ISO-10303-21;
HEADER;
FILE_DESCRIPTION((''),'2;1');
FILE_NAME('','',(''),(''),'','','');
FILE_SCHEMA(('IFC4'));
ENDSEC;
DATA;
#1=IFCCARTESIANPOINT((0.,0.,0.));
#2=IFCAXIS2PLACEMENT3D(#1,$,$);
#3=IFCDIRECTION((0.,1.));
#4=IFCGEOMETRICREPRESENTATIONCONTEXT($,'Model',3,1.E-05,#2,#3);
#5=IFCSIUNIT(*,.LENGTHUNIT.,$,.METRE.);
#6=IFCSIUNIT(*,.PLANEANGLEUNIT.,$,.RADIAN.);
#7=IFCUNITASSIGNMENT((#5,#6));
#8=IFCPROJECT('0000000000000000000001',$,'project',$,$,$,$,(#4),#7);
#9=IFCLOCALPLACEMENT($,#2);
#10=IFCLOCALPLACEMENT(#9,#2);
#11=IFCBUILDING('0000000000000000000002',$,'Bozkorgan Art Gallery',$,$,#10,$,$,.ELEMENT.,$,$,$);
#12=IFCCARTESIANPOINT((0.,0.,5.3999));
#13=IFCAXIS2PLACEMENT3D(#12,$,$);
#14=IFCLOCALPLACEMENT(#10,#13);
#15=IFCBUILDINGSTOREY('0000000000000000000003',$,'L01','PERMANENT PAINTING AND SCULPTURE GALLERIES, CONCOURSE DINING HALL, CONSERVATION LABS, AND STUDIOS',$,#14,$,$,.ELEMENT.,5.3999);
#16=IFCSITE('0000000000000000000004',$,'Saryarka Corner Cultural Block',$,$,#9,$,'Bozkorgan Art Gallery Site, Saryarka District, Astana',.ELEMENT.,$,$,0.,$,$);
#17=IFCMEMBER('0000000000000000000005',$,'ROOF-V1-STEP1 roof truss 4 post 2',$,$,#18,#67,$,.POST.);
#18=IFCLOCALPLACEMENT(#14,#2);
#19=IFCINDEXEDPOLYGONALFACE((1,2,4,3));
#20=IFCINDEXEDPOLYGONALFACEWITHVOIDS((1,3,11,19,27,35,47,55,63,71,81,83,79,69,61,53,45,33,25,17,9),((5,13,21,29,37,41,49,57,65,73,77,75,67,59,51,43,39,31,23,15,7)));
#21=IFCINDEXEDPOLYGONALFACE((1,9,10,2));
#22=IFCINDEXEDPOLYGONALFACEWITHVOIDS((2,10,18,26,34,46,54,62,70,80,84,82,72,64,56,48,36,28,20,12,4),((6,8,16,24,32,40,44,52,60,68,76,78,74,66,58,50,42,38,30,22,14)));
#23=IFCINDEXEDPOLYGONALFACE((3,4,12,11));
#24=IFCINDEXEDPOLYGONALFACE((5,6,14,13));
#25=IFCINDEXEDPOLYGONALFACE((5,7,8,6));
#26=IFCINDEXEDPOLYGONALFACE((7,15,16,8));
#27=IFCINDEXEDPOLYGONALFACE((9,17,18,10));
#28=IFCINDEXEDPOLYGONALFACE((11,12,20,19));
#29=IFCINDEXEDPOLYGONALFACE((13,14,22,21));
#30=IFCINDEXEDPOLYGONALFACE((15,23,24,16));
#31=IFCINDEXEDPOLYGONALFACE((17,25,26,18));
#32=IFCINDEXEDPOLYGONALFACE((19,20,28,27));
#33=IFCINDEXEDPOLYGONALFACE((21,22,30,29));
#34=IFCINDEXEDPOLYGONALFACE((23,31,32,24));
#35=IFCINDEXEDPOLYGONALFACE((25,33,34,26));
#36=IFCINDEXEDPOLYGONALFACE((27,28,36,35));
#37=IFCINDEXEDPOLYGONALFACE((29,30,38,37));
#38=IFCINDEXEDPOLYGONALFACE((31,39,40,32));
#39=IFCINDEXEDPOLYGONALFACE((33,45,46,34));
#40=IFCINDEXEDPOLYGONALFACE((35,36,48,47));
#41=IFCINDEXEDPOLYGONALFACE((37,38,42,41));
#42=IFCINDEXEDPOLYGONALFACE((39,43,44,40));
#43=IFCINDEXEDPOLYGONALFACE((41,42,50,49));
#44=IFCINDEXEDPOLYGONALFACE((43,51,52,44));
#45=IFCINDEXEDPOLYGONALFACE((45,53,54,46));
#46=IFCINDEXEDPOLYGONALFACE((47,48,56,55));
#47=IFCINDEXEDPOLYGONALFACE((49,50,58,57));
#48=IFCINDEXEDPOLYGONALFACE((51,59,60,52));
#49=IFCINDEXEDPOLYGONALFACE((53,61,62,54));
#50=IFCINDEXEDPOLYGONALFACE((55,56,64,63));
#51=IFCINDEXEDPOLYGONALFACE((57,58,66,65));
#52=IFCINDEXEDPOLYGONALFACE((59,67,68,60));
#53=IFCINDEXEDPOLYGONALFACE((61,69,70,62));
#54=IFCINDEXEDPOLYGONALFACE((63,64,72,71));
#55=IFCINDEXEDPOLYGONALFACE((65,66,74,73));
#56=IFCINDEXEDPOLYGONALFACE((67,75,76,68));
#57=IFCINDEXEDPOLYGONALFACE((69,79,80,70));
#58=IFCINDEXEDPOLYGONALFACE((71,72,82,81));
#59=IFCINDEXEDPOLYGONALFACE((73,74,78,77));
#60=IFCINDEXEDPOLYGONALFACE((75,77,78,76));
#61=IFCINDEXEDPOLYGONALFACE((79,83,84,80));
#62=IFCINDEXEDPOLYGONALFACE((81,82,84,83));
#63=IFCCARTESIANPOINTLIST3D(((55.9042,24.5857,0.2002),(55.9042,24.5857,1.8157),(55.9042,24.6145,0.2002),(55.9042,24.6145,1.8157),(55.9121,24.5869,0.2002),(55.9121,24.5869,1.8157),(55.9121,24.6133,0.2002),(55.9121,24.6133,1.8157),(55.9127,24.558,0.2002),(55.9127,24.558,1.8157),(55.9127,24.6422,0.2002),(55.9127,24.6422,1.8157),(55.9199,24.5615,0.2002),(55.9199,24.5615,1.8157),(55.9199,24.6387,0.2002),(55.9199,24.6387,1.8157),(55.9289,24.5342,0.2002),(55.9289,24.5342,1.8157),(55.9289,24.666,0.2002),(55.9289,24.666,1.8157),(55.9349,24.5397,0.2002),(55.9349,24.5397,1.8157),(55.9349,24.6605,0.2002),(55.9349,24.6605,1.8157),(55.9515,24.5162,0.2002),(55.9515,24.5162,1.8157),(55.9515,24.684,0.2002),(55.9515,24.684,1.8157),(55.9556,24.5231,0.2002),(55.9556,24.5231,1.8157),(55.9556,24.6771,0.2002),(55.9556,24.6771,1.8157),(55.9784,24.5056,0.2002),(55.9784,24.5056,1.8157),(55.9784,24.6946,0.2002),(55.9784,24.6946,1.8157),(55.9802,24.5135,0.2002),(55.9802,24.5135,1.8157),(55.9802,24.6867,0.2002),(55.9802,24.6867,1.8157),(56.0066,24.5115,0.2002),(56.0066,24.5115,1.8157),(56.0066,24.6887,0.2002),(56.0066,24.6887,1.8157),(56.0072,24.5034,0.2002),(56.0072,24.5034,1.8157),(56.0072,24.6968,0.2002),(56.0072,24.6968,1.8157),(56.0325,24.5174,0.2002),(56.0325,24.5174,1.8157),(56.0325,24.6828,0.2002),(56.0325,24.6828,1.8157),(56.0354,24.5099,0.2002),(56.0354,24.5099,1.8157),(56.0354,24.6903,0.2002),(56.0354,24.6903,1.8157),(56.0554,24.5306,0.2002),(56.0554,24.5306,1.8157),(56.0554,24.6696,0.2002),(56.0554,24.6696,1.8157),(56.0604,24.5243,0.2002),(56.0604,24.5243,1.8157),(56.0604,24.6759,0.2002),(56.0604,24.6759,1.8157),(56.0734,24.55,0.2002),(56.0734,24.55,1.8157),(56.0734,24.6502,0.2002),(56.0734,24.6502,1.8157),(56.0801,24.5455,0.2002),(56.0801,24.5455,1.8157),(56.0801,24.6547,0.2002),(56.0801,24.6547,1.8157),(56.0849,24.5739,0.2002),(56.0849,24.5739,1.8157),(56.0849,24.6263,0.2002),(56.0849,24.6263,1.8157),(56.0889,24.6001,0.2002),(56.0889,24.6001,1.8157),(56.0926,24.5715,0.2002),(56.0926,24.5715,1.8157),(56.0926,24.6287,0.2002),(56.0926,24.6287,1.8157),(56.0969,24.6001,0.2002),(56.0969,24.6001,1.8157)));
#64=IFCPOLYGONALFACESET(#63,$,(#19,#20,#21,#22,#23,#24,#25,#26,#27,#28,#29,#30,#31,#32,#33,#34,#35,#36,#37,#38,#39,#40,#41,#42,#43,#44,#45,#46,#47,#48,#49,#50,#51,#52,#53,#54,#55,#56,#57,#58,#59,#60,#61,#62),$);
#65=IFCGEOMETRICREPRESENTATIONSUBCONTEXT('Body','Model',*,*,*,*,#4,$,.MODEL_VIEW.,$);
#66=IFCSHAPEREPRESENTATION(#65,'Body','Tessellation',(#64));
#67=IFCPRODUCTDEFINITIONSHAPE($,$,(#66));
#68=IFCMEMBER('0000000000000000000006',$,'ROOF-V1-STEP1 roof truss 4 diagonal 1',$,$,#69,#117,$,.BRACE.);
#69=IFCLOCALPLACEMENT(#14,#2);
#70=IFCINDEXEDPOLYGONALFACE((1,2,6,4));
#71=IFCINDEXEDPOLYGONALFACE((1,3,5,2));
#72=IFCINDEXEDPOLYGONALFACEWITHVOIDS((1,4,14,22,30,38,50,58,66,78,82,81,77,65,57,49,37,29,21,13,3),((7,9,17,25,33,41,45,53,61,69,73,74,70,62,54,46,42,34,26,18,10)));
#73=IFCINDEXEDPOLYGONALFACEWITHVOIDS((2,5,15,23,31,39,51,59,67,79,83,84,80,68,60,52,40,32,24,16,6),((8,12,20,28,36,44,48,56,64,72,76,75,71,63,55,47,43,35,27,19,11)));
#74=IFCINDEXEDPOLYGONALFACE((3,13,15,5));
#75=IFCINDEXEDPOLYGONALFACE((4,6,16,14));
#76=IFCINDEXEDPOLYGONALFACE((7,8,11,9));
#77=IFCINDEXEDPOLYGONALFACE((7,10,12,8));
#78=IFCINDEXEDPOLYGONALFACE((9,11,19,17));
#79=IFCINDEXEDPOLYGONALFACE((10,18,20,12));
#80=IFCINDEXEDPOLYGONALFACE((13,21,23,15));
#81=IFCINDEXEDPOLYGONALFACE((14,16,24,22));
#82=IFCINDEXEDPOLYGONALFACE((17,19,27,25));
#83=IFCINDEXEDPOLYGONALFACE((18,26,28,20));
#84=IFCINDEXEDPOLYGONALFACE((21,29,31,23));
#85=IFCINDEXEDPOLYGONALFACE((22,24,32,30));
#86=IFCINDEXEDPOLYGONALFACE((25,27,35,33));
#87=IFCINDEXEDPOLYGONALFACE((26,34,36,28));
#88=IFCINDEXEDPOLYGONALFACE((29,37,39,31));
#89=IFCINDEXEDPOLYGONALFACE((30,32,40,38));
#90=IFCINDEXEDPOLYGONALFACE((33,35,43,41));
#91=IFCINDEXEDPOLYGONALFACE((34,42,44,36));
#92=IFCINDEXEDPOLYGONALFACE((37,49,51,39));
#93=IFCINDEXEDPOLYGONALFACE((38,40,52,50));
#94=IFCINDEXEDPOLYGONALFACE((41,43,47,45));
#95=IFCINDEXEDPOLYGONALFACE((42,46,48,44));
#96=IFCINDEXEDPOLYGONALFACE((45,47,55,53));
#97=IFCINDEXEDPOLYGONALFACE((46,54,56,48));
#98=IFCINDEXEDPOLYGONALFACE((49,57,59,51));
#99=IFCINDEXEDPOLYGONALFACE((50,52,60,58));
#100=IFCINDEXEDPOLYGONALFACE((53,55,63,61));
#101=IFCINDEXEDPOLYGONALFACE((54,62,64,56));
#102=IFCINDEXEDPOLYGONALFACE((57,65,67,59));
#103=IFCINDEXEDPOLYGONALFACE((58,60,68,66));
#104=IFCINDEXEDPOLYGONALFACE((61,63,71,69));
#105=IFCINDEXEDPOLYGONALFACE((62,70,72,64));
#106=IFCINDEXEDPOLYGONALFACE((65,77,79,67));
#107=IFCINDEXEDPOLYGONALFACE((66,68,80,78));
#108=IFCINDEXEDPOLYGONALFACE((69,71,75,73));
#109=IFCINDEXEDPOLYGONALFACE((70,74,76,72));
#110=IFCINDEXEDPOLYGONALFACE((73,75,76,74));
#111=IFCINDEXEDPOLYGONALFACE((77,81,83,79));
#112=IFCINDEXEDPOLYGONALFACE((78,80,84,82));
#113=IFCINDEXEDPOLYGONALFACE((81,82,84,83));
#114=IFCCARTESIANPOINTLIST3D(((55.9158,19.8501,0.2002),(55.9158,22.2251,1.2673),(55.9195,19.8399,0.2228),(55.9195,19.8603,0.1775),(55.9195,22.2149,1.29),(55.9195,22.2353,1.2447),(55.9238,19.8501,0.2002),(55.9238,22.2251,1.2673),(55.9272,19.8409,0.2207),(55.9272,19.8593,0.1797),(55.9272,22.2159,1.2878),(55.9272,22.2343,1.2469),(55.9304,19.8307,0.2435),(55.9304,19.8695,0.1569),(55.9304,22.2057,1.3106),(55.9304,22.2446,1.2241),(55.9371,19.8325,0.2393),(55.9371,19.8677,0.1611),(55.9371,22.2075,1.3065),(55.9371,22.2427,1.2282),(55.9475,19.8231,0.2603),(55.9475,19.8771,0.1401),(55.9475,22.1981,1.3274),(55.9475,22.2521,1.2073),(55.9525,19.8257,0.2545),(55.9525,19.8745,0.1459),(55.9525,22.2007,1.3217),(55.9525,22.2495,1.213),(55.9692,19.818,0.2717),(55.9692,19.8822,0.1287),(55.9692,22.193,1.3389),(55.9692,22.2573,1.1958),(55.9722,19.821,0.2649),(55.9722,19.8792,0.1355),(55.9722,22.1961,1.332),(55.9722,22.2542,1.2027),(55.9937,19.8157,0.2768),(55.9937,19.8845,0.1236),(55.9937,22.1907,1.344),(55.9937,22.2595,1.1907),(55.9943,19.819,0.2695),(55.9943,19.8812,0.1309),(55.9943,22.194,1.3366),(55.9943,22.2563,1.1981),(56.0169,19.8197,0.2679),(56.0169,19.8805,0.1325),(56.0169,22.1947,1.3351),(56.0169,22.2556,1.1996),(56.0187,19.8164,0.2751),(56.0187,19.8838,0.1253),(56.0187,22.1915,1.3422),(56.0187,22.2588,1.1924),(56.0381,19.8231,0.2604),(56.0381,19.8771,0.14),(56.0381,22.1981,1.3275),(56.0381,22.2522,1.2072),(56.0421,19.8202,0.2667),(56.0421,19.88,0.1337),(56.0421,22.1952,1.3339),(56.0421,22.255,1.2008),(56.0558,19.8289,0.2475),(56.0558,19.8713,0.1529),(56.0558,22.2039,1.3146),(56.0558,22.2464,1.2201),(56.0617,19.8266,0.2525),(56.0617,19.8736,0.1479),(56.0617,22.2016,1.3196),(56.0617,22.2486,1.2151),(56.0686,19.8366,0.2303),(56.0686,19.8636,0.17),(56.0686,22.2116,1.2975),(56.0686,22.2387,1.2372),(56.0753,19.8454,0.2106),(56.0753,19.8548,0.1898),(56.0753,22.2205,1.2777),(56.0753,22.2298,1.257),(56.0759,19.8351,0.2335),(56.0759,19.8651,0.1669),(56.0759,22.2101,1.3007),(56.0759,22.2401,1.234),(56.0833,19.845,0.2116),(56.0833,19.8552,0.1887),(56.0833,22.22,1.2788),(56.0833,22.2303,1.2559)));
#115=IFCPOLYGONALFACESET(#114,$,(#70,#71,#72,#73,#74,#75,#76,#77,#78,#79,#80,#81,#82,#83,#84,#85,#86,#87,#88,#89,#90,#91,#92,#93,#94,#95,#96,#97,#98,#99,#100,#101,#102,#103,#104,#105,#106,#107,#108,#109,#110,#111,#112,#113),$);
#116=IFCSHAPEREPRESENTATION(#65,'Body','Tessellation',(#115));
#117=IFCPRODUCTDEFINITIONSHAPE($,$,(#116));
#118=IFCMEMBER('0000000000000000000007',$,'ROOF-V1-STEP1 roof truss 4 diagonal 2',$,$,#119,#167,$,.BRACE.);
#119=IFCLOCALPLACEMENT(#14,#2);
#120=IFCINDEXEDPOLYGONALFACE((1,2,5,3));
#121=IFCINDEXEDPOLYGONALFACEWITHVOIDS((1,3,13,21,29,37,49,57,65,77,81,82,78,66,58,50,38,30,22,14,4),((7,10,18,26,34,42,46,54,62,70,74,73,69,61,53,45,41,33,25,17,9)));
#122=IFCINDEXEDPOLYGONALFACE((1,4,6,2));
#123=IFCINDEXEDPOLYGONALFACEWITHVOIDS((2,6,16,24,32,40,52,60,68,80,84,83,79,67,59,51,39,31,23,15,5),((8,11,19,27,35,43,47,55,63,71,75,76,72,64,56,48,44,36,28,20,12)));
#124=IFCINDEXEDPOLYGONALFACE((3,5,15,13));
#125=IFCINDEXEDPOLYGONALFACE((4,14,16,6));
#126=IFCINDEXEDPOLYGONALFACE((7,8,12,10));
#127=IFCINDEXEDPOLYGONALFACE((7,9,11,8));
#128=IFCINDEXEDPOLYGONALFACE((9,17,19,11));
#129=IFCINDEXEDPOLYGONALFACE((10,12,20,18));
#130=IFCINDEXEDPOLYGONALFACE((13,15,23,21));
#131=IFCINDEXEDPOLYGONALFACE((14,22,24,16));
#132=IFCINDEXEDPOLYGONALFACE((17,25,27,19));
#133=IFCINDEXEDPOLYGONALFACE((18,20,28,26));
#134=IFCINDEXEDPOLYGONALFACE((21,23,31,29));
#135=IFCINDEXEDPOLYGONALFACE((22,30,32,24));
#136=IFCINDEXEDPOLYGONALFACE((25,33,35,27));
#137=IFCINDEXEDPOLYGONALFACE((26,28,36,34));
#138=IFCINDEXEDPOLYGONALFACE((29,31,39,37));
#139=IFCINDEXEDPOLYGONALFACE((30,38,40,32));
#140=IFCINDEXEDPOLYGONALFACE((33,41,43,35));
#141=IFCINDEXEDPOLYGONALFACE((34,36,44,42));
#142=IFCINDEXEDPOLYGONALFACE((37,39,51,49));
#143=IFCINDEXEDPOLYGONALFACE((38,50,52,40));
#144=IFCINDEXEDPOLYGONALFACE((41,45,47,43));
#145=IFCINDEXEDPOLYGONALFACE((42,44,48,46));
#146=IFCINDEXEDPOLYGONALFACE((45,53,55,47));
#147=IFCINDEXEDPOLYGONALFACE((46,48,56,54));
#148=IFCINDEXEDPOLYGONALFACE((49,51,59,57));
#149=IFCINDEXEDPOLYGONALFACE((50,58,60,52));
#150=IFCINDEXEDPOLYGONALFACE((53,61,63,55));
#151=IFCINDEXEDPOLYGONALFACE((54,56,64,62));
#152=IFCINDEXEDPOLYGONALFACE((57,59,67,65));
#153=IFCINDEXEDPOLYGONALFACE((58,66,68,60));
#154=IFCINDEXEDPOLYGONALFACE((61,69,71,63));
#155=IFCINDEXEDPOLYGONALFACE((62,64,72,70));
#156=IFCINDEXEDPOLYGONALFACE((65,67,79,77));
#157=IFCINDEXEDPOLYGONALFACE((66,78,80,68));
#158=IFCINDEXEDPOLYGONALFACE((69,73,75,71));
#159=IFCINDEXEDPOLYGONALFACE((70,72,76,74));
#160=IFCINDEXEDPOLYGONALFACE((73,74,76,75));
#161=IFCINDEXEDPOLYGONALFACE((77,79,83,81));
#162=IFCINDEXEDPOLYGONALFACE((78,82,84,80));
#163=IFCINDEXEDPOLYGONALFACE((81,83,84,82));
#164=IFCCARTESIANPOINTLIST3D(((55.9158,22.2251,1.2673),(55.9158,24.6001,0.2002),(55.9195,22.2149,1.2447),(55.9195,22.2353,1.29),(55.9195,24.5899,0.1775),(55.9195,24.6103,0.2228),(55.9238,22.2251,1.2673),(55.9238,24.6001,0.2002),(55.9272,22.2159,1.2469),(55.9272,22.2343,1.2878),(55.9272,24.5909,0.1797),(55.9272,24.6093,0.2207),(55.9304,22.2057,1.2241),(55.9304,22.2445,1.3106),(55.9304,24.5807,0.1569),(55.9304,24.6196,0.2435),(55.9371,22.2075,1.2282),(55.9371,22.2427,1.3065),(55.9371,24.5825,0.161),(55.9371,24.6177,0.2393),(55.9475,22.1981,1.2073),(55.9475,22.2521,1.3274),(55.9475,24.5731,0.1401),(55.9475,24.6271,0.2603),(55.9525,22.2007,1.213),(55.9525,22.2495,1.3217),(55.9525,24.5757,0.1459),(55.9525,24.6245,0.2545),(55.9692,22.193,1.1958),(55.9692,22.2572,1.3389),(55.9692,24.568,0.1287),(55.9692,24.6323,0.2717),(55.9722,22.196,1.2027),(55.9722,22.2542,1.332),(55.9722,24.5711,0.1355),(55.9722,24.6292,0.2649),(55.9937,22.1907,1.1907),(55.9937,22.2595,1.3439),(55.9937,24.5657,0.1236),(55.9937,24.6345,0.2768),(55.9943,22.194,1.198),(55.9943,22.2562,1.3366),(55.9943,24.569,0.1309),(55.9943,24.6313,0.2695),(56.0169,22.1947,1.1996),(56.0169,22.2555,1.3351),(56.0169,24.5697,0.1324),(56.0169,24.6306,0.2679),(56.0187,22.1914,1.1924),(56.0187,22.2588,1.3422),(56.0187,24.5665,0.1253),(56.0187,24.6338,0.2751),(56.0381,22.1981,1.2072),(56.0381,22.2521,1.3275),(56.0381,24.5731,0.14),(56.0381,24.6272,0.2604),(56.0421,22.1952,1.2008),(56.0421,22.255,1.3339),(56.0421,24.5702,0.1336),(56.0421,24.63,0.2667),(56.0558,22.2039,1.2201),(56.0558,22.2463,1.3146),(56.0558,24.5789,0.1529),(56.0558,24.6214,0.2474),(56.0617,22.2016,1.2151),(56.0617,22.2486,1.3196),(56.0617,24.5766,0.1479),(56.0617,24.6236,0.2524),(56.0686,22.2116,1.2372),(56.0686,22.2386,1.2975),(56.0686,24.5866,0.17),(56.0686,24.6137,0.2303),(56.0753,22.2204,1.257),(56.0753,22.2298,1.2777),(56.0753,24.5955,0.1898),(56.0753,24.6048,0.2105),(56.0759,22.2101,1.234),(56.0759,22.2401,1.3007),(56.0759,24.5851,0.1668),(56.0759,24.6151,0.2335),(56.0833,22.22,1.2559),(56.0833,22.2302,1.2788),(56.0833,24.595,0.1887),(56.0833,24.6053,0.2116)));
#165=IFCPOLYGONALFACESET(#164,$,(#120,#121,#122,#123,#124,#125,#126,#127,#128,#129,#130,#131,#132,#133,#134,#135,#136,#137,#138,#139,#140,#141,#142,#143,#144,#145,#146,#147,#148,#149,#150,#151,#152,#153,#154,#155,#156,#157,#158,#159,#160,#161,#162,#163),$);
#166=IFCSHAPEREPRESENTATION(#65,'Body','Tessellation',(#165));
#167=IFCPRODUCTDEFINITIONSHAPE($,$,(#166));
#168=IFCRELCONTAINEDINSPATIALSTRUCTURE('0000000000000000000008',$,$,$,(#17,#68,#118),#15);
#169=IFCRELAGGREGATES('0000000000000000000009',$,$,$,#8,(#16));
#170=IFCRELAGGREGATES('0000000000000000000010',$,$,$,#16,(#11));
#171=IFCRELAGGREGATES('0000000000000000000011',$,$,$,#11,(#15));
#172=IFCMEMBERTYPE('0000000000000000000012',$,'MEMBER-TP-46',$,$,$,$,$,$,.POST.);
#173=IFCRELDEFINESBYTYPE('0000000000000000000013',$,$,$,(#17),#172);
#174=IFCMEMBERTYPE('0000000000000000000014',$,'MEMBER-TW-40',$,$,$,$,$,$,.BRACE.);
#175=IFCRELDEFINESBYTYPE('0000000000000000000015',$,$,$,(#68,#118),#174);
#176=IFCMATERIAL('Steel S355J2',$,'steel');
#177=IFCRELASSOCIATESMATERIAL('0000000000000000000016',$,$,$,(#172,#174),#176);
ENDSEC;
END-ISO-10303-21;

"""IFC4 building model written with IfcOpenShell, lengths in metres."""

from ifc_helpers import new_model, si_unit, direction, frame, origin, origin_2d, place, context, subcontext, project, spatial, hollow_circle, extrude, material, material_profile, profile_set, type_object, element, save


model = new_model("IFC4")

# Units and contexts
model_context = context("Model", 3, precision=1e-05, world=origin(), true_north=direction((0.0, 1.0)))
body_context = subcontext(model_context, "Body", "Model", "MODEL_VIEW")
ifc_project = project(units=[si_unit("LENGTHUNIT", "METRE"), si_unit("PLANEANGLEUNIT", "RADIAN")], contexts=[model_context])

# Site, building, storey
site_placement = place(None, origin())
site = spatial("IfcSite", under=ifc_project, at=site_placement, Name="Saryarka Corner Cultural Block", LongName="Bozkorgan Art Gallery Site, Saryarka District, Astana", CompositionType="ELEMENT", RefElevation=0.0)
building_placement = place(site_placement, origin())
building = spatial("IfcBuilding", under=site, at=building_placement, Name="Bozkorgan Art Gallery", CompositionType="ELEMENT")
storey_placement = place(building_placement, frame((0.0, 0.0, 5.3999)))
storey = spatial("IfcBuildingStorey", under=building, at=storey_placement, Name="L01", Description="PERMANENT PAINTING AND SCULPTURE GALLERIES, CONCOURSE DINING HALL, CONSERVATION LABS, AND STUDIOS", CompositionType="ELEMENT", Elevation=5.3999)

# Shared definitions
ifc_material_1 = material(Name="Steel S355J2", Category="steel")

# Members
ifc_material_profile_1 = material_profile(ifc_material_1, hollow_circle(Radius=0.0969, WallThickness=0.0081, at=origin_2d()), Name="CHS 193.7x8")
ifc_profile_set_1 = profile_set([ifc_material_profile_1], Name="Steel S355J2")
member_type_1 = type_object("IfcMemberType", Name="MEMBER-TP-46", PredefinedType="POST", material=ifc_profile_set_1)
member_1_placement = place(storey_placement, frame((56.0, 24.6001, 0.2002), z_axis=(0.0, 0.0, 1.0), x_axis=(1.0, 0.0, 0.0)))
element("IfcMember", 1, at=member_1_placement, inside=storey, type_object=member_type_1, Name="ROOF-V1-STEP1 roof truss 4 post 2", PredefinedType="POST", context=body_context, shape_type="SweptSolid", body=[
    extrude(hollow_circle(Radius=0.0969, WallThickness=0.0081, at=origin_2d()), origin(), (0.0, 0.0, 1.0), 1.6155),
])
ifc_material_profile_2 = material_profile(ifc_material_1, hollow_circle(Radius=0.0842, WallThickness=0.0081, at=origin_2d()), Name="CHS 168.3x8")
ifc_profile_set_2 = profile_set([ifc_material_profile_2], Name="Steel S355J2")
member_type_2 = type_object("IfcMemberType", Name="MEMBER-TW-40", PredefinedType="BRACE", material=ifc_profile_set_2)
for number, where, z_axis, x_axis, name in (
    (2, (56.0, 19.8501, 0.2002), (0.0, 0.912153, 0.40985), (-1.0, 0.0, 0.0), "ROOF-V1-STEP1 roof truss 4 diagonal 1"),
    (3, (56.0, 22.2251, 1.2673), (0.0, 0.912153, -0.40985), (-1.0, 0.0, 0.0), "ROOF-V1-STEP1 roof truss 4 diagonal 2"),
):
    element("IfcMember", number, at=place(storey_placement, frame(where, z_axis=z_axis, x_axis=x_axis)), inside=storey, type_object=member_type_2, Name=name, PredefinedType="BRACE", context=body_context, shape_type="SweptSolid", body=[
        extrude(hollow_circle(Radius=0.0842, WallThickness=0.0081, at=origin_2d()), origin(), (0.0, 0.0, 1.0), 2.6038),
    ])

save(model, "model.ifc")
